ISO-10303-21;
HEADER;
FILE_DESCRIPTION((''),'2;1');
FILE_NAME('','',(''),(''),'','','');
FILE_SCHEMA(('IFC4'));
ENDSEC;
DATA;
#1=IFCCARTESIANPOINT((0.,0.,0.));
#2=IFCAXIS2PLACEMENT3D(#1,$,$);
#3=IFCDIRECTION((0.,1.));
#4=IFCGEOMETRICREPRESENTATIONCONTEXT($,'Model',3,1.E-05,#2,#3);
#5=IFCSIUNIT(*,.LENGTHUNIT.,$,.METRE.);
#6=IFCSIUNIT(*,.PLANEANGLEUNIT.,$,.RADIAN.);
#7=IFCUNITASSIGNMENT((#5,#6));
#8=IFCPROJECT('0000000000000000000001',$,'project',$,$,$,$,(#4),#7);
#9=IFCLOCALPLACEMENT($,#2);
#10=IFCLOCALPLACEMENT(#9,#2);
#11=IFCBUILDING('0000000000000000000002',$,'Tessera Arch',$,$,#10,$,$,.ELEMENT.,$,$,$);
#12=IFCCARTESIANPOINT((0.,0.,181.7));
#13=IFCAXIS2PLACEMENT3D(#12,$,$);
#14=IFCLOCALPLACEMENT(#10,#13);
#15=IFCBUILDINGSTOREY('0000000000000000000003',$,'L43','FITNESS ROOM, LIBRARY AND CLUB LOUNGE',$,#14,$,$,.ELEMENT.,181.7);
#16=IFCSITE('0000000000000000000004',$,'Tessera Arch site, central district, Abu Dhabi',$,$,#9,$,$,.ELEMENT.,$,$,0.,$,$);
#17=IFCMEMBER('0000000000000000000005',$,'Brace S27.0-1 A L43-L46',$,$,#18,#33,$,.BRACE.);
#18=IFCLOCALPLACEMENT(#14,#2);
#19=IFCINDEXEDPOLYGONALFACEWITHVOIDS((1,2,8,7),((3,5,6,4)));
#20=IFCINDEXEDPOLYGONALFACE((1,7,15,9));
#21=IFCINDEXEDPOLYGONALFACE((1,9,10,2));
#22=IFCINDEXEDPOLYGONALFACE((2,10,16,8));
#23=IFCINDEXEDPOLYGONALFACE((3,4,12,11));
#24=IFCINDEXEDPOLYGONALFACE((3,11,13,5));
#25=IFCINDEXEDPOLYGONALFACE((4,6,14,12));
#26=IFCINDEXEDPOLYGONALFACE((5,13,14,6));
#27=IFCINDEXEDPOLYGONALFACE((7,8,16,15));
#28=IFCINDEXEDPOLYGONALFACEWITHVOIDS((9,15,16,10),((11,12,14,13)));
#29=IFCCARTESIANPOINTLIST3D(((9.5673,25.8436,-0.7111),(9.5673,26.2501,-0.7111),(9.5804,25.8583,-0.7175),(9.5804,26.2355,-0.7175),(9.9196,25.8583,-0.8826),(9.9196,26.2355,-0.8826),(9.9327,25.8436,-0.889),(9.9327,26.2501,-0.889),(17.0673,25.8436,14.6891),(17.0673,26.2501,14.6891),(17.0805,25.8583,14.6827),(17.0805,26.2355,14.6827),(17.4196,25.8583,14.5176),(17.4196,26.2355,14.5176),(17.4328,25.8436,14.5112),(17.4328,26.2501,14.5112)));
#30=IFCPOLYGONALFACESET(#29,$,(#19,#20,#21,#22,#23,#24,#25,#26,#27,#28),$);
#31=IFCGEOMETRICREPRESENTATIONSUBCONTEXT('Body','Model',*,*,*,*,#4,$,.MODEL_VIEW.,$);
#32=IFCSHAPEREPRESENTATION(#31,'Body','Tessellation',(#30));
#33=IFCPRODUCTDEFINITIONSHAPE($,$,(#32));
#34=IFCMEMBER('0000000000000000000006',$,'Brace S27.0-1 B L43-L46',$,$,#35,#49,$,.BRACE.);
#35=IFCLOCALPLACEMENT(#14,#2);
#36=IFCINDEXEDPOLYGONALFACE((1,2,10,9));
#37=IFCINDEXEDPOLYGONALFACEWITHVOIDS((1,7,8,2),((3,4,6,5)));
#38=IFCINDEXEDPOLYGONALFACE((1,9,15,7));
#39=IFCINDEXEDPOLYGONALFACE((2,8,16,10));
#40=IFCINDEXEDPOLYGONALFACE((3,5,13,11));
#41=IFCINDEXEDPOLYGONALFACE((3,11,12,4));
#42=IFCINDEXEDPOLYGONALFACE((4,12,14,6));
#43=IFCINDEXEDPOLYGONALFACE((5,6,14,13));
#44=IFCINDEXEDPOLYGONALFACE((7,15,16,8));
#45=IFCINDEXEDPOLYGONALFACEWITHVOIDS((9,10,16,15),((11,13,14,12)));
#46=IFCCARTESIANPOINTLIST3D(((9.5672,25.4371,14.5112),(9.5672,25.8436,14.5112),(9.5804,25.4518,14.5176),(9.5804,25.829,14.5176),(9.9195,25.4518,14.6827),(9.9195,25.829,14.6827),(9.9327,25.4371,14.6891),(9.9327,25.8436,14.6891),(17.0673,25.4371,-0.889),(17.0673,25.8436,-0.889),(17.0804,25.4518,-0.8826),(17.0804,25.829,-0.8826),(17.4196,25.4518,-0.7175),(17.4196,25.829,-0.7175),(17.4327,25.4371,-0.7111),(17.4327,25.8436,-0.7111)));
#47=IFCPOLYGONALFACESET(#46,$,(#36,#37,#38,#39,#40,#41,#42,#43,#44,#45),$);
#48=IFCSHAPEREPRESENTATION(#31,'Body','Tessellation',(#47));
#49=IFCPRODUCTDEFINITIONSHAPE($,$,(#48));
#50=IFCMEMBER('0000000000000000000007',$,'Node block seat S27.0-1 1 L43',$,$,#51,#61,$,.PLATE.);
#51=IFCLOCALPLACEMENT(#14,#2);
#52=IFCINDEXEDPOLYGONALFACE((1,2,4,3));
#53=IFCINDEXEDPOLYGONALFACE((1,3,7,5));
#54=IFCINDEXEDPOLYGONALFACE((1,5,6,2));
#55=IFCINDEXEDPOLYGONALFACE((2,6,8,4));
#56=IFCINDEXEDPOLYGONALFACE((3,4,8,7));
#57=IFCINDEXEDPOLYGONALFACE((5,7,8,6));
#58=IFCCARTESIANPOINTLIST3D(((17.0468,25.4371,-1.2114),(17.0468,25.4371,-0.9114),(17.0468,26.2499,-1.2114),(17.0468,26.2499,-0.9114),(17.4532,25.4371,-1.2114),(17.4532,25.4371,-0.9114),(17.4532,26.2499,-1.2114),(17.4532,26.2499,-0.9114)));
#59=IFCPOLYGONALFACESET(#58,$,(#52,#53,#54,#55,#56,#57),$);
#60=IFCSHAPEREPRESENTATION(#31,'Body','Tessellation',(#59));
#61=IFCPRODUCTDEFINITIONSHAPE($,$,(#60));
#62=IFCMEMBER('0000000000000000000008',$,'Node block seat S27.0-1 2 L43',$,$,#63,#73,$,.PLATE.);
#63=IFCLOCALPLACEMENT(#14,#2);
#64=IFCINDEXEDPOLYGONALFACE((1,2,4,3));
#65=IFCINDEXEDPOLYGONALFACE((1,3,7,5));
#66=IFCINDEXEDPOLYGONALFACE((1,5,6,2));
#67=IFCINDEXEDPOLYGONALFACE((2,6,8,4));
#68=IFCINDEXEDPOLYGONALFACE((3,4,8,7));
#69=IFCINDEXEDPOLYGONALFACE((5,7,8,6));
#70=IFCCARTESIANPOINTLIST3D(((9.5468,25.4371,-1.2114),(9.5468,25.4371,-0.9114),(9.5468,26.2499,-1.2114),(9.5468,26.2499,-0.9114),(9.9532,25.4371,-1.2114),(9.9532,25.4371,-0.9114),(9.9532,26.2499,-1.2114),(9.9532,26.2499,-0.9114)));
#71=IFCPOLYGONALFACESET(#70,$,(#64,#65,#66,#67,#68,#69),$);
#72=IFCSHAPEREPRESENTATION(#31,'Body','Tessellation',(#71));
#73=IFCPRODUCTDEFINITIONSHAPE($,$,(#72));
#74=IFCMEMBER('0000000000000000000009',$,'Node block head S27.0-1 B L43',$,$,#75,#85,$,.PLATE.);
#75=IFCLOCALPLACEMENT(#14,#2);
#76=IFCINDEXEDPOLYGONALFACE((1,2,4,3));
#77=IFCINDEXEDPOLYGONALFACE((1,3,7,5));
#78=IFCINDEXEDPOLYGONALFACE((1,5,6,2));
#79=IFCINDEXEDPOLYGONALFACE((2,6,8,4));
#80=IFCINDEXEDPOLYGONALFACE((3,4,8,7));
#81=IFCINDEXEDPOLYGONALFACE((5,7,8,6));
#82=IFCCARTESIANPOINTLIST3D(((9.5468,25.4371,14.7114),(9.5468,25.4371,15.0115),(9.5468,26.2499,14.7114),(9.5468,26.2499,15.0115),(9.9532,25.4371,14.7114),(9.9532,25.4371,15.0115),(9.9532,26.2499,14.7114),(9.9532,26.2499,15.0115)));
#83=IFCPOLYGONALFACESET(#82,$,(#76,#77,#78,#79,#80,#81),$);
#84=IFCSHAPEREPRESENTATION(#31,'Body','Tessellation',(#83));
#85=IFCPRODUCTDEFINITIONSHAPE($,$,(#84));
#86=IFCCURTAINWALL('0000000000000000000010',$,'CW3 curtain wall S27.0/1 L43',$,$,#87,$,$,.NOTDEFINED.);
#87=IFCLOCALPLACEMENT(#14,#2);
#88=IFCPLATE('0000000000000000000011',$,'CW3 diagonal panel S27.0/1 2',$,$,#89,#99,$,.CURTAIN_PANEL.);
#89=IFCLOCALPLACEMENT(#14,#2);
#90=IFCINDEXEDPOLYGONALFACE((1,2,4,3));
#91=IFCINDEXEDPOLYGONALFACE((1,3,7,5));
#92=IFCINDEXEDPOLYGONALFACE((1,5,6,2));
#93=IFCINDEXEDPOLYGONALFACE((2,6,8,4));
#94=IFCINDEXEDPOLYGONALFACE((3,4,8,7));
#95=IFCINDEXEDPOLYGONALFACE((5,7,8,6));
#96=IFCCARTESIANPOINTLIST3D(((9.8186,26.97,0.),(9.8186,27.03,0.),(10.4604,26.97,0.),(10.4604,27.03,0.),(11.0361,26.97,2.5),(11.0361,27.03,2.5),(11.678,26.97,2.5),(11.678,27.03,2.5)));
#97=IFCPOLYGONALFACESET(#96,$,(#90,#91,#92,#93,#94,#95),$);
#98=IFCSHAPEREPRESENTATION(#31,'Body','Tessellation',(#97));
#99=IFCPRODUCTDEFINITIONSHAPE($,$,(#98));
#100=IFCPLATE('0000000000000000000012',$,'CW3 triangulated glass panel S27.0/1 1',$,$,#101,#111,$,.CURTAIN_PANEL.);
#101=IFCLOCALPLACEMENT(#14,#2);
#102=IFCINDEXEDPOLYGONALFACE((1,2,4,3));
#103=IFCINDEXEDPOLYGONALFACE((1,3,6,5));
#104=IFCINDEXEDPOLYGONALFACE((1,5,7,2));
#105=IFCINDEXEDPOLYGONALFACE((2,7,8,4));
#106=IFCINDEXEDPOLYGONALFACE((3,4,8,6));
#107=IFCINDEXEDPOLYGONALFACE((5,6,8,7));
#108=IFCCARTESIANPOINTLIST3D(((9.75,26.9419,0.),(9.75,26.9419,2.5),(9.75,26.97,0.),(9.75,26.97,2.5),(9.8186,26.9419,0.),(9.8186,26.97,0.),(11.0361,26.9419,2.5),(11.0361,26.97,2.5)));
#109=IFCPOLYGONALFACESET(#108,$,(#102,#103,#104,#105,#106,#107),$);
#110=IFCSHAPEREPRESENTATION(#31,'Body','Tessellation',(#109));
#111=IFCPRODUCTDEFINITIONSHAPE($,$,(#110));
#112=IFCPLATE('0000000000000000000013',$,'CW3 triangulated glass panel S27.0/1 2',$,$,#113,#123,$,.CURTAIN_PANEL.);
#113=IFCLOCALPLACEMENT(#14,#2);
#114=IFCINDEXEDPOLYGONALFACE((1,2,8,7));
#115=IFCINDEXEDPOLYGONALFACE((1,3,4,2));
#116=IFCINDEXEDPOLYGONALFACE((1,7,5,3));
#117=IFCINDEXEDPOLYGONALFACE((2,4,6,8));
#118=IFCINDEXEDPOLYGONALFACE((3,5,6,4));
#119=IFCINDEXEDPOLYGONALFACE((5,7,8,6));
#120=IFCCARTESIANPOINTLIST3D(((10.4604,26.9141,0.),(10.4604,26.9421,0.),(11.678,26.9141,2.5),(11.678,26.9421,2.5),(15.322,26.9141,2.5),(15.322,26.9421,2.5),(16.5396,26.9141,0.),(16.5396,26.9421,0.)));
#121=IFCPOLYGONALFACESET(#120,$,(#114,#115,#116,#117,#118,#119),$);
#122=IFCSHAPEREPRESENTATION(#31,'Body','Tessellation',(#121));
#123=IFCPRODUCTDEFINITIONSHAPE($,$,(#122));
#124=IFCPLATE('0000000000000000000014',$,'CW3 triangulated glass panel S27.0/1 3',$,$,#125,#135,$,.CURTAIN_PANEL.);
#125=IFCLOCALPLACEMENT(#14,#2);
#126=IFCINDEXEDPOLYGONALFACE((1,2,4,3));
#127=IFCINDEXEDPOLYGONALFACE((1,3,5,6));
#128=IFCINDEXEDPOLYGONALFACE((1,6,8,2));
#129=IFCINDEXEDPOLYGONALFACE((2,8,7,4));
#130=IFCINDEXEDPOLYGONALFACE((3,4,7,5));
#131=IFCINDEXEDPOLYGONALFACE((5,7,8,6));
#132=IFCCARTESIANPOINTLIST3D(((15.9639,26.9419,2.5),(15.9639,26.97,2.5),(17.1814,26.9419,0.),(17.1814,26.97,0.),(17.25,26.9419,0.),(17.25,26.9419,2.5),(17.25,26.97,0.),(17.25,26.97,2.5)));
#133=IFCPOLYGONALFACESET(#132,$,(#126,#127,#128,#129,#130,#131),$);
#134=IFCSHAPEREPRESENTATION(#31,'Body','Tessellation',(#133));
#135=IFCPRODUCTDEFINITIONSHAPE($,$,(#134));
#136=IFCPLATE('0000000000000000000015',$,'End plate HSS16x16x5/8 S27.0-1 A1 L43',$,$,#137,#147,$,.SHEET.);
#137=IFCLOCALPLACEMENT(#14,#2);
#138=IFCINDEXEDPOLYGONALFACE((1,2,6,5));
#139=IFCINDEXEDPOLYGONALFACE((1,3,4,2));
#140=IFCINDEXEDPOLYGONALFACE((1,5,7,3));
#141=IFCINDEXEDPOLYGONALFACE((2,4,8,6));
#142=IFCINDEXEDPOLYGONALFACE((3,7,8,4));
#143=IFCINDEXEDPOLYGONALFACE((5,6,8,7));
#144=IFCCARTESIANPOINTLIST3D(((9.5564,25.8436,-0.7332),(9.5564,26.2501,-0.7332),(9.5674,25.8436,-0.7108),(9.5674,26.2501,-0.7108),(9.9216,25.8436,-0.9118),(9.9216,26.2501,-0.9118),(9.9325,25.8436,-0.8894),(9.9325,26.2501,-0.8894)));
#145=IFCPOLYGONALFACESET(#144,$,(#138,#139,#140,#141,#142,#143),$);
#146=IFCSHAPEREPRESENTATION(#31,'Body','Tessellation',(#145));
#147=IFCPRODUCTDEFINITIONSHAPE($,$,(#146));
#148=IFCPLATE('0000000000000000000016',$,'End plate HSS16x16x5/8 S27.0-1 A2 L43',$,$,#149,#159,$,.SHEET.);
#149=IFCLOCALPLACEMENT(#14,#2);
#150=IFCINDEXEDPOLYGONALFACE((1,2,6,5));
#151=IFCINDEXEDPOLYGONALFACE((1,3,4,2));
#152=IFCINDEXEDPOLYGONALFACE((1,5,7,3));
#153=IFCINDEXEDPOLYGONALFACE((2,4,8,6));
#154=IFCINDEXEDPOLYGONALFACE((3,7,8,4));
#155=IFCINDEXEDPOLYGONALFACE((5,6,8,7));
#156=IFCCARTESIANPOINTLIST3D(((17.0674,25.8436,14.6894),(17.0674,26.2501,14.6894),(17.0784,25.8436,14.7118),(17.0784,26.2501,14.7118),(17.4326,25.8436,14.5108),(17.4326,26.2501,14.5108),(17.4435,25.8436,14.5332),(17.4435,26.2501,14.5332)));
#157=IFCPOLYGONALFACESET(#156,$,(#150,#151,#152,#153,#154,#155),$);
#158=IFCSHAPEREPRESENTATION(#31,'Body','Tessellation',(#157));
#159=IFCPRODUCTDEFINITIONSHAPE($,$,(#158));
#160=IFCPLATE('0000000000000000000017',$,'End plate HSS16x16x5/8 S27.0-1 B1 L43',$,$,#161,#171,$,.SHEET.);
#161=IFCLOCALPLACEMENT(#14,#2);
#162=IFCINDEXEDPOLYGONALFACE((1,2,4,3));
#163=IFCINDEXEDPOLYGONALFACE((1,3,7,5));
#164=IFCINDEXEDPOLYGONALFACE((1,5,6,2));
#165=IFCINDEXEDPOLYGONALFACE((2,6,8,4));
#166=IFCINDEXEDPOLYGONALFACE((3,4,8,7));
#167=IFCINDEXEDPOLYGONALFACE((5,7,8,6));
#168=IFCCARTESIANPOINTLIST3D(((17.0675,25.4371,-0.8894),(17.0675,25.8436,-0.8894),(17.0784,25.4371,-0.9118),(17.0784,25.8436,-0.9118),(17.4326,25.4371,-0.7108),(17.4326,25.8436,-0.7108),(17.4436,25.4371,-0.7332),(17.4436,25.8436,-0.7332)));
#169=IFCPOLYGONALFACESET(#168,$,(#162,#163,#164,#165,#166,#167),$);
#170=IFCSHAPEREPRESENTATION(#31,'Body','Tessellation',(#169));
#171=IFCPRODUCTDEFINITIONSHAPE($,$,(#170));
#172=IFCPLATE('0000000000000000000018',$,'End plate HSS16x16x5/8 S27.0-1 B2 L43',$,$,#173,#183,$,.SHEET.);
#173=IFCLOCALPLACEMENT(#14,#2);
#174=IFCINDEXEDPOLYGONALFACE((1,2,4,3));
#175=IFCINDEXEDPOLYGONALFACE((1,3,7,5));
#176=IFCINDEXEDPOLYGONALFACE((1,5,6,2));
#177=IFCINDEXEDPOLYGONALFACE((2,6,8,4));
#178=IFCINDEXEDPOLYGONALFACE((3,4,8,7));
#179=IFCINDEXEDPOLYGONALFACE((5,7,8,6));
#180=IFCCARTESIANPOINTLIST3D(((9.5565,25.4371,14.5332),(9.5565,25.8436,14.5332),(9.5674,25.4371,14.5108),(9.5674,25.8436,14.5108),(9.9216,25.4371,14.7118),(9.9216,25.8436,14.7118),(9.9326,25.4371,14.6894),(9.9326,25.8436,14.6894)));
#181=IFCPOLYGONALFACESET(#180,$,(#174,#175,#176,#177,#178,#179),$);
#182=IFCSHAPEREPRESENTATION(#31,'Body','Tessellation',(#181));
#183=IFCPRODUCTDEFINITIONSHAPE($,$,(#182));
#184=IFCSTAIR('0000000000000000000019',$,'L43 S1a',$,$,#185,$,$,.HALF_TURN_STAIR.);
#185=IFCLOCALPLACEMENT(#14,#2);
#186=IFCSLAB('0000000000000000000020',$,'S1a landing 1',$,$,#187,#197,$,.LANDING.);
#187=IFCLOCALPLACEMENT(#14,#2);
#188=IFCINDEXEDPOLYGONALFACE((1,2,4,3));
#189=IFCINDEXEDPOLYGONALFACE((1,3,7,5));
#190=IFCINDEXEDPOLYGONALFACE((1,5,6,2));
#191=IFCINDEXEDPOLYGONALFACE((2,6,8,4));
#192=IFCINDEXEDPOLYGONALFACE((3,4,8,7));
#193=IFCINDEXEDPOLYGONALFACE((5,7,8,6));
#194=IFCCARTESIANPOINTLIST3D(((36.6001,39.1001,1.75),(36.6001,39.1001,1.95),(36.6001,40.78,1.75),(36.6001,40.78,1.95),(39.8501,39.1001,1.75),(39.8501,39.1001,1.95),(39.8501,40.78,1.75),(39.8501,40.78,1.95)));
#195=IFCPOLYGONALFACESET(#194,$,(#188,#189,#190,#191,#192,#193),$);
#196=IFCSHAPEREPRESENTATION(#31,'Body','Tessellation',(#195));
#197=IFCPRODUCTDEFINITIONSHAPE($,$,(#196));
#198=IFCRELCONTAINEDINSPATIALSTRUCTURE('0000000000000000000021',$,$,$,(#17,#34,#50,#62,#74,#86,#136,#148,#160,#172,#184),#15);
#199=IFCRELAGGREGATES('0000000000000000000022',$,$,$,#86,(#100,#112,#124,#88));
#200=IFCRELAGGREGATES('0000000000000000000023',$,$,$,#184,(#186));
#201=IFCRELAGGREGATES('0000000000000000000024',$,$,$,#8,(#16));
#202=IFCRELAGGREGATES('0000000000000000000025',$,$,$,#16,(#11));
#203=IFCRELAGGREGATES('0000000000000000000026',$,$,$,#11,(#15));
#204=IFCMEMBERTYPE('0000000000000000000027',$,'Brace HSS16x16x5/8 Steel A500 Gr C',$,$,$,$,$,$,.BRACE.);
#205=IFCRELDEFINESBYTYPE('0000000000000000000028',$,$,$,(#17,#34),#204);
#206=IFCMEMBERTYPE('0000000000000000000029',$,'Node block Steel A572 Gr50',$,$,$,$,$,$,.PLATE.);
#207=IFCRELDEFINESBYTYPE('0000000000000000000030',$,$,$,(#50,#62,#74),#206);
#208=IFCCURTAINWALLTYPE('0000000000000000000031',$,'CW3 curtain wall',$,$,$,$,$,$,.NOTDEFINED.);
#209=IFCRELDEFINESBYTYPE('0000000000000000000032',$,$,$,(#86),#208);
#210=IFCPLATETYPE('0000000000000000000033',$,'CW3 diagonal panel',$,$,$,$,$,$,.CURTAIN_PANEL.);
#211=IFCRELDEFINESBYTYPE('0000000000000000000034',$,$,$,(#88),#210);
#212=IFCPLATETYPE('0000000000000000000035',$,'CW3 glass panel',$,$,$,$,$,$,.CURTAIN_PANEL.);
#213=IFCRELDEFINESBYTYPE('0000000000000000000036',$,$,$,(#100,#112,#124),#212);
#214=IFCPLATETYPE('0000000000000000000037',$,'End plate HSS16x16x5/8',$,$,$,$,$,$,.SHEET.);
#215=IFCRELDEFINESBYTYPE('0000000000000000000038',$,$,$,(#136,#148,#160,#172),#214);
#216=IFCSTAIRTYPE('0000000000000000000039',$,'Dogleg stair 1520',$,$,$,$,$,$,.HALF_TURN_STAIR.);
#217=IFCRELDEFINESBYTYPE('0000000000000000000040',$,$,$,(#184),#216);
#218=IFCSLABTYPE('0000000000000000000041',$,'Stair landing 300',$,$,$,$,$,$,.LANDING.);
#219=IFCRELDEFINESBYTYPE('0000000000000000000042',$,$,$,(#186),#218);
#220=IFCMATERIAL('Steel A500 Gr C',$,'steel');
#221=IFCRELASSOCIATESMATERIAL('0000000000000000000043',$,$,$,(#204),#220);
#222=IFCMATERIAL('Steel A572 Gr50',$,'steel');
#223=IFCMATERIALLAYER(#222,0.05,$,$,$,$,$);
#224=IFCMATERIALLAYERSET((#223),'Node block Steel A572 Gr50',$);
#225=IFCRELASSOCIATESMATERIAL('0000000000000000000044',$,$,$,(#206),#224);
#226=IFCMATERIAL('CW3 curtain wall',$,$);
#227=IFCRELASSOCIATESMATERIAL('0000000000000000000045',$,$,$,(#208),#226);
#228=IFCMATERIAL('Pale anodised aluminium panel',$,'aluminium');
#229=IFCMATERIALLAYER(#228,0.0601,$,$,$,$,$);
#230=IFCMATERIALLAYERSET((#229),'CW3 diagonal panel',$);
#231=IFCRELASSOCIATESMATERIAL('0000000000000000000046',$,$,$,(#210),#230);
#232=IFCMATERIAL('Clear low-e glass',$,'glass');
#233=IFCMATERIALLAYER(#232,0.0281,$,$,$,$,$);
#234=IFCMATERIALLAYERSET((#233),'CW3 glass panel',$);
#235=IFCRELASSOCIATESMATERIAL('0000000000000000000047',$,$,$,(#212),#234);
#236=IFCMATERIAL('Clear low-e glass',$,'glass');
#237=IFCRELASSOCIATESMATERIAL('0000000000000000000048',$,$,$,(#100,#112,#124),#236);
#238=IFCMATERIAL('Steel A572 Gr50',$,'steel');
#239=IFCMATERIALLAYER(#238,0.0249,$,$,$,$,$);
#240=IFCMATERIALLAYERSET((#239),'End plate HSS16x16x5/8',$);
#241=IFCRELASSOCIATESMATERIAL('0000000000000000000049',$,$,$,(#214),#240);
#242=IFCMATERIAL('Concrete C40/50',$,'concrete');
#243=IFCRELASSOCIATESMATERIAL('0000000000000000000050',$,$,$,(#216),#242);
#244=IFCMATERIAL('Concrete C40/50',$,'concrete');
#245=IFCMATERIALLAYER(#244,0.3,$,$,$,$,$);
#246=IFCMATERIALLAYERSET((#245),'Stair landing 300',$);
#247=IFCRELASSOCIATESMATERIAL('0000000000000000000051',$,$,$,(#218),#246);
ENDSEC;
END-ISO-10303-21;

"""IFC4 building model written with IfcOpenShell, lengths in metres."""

from ifc_helpers import new_model, si_unit, direction, frame, origin, origin_2d, place, context, subcontext, project, spatial, polyline, rectangle, hollow_rectangle, outline, extrude, material, layer, layer_set, material_profile, profile_set, type_object, element, aggregate, save


model = new_model("IFC4")

# Units and contexts
model_context = context("Model", 3, precision=1e-05, world=origin(), true_north=direction((0.0, 1.0)))
body_context = subcontext(model_context, "Body", "Model", "MODEL_VIEW")
ifc_project = project(units=[si_unit("LENGTHUNIT", "METRE"), si_unit("PLANEANGLEUNIT", "RADIAN")], contexts=[model_context])

# Site, building, storey
site_placement = place(None, origin())
site = spatial("IfcSite", under=ifc_project, at=site_placement, Name="Tessera Arch site, central district, Abu Dhabi", CompositionType="ELEMENT", RefElevation=0.0)
building_placement = place(site_placement, origin())
building = spatial("IfcBuilding", under=site, at=building_placement, Name="Tessera Arch", CompositionType="ELEMENT")
storey_placement = place(building_placement, frame((0.0, 0.0, 181.7)))
storey = spatial("IfcBuildingStorey", under=building, at=storey_placement, Name="L43", Description="FITNESS ROOM, LIBRARY AND CLUB LOUNGE", CompositionType="ELEMENT", Elevation=181.7)

# Members
ifc_material_1 = material(Name="Steel A500 Gr C", Category="steel")
ifc_material_profile = material_profile(ifc_material_1, hollow_rectangle(XDim=0.4065, YDim=0.4065, WallThickness=0.0146, at=origin_2d()), Name="HSS16x16x5/8")
ifc_profile_set = profile_set([ifc_material_profile], Name="Steel A500 Gr C")
member_type_1 = type_object("IfcMemberType", Name="Brace HSS16x16x5/8 Steel A500 Gr C", PredefinedType="BRACE", material=ifc_profile_set)
for number, where, z_axis, x_axis, name in (
    (1, (9.75, 26.0469, -0.8), (0.437845, 0.0, 0.89905), (0.0, 1.0, 0.0), "Brace S27.0-1 A L43-L46"),
    (2, (17.25, 25.6404, -0.8), (-0.437845, 0.0, 0.89905), (0.0, -1.0, 0.0), "Brace S27.0-1 B L43-L46"),
):
    element("IfcMember", number, at=place(storey_placement, frame(where, z_axis=z_axis, x_axis=x_axis)), inside=storey, type_object=member_type_1, Name=name, PredefinedType="BRACE", context=body_context, shape_type="SweptSolid", body=[
        extrude(hollow_rectangle(XDim=0.4065, YDim=0.4065, WallThickness=0.0146, at=origin_2d()), origin(), (0.0, 0.0, 1.0), 17.1294),
    ])
ifc_material_2 = material(Name="Steel A572 Gr50", Category="steel")
ifc_layer_1 = layer(ifc_material_2, 0.05)
ifc_layer_set_1 = layer_set([ifc_layer_1], Name="Node block Steel A572 Gr50")
member_type_2 = type_object("IfcMemberType", Name="Node block Steel A572 Gr50", PredefinedType="PLATE", material=ifc_layer_set_1)
for number, where, z_axis, x_axis, name in (
    (3, (17.25, 25.8435, -1.2114), (0.0, 0.0, 1.0), (1.0, 0.0, 0.0), "Node block seat S27.0-1 1 L43"),
    (4, (9.75, 25.8435, -1.2114), (0.0, 0.0, 1.0), (1.0, 0.0, 0.0), "Node block seat S27.0-1 2 L43"),
    (5, (9.75, 25.8435, 14.7114), (0.0, 0.0, 1.0), (1.0, 0.0, 0.0), "Node block head S27.0-1 B L43"),
):
    element("IfcMember", number, at=place(storey_placement, frame(where, z_axis=z_axis, x_axis=x_axis)), inside=storey, type_object=member_type_2, Name=name, PredefinedType="PLATE", context=body_context, shape_type="SweptSolid", body=[
        extrude(rectangle(XDim=0.4065, YDim=0.8127, at=origin_2d()), origin(), (0.0, 0.0, 1.0), 0.3),
    ])

# Curtain wall, plates
ifc_material_3 = material(Name="CW3 curtain wall")
curtain_wall_type = type_object("IfcCurtainWallType", Name="CW3 curtain wall", PredefinedType="NOTDEFINED", material=ifc_material_3)
curtain_wall_placement = place(storey_placement, origin())
curtain_wall = element("IfcCurtainWall", 6, at=curtain_wall_placement, inside=storey, type_object=curtain_wall_type, Name="CW3 curtain wall S27.0/1 L43", PredefinedType="NOTDEFINED")
ifc_material_4 = material(Name="Pale anodised aluminium panel", Category="aluminium")
ifc_layer_2 = layer(ifc_material_4, 0.0601)
ifc_layer_set_2 = layer_set([ifc_layer_2], Name="CW3 diagonal panel")
plate_type_1 = type_object("IfcPlateType", Name="CW3 diagonal panel", PredefinedType="CURTAIN_PANEL", material=ifc_layer_set_2)
plate_1_placement = place(storey_placement, frame((11.678, 26.97, 2.5), z_axis=(0.0, -1.0, 0.0), x_axis=(-1.0, 0.0, 0.0)))
plate_1 = element("IfcPlate", 7, at=plate_1_placement, type_object=plate_type_1, Name="CW3 diagonal panel S27.0/1 2", PredefinedType="CURTAIN_PANEL", context=body_context, shape_type="SweptSolid", body=[
    extrude(outline(polyline([(0.0, 0.0), (0.6418, 0.0), (1.8594, 2.5), (1.2175, 2.5), (0.0, 0.0)])), origin(), (0.0, 0.0, -1.0), 0.0601),
])
ifc_material_5 = material(Name="Clear low-e glass", Category="glass")
ifc_material_6 = material(Name="Clear low-e glass", Category="glass")
ifc_layer_3 = layer(ifc_material_6, 0.0281)
ifc_layer_set_3 = layer_set([ifc_layer_3], Name="CW3 glass panel")
plate_type_2 = type_object("IfcPlateType", Name="CW3 glass panel", PredefinedType="CURTAIN_PANEL", material=ifc_layer_set_3)
plate_2_placement = place(storey_placement, frame((9.75, 26.9419, 0.0), z_axis=(0.0, -1.0, 0.0), x_axis=(1.0, 0.0, 0.0)))
plate_2 = element("IfcPlate", 8, at=plate_2_placement, type_object=plate_type_2, material=ifc_material_5, Name="CW3 triangulated glass panel S27.0/1 1", PredefinedType="CURTAIN_PANEL", context=body_context, shape_type="SweptSolid", body=[
    extrude(outline(polyline([(0.0, 0.0), (0.0686, 0.0), (1.2861, 2.5), (0.0, 2.5), (0.0, 0.0)])), origin(), (0.0, 0.0, -1.0), 0.0281),
])
plate_3_placement = place(storey_placement, frame((15.322, 26.9141, 2.5), z_axis=(0.0, -1.0, 0.0), x_axis=(-1.0, 0.0, 0.0)))
plate_3 = element("IfcPlate", 9, at=plate_3_placement, type_object=plate_type_2, material=ifc_material_5, Name="CW3 triangulated glass panel S27.0/1 2", PredefinedType="CURTAIN_PANEL", context=body_context, shape_type="SweptSolid", body=[
    extrude(outline(polyline([(0.0, 0.0), (3.644, 0.0), (4.8616, 2.5), (-1.2175, 2.5), (0.0, 0.0)])), origin(), (0.0, 0.0, -1.0), 0.0281),
])
plate_4_placement = place(storey_placement, frame((17.25, 26.9419, 2.5), z_axis=(0.0, -1.0, 0.0), x_axis=(-1.0, 0.0, 0.0)))
plate_4 = element("IfcPlate", 10, at=plate_4_placement, type_object=plate_type_2, material=ifc_material_5, Name="CW3 triangulated glass panel S27.0/1 3", PredefinedType="CURTAIN_PANEL", context=body_context, shape_type="SweptSolid", body=[
    extrude(outline(polyline([(0.0, 0.0), (1.2861, 0.0), (0.0686, 2.5), (0.0, 2.5), (0.0, 0.0)])), origin(), (0.0, 0.0, -1.0), 0.0281),
])
aggregate(curtain_wall, [plate_2, plate_3, plate_4, plate_1])

# Plates
ifc_material_7 = material(Name="Steel A572 Gr50", Category="steel")
ifc_layer_4 = layer(ifc_material_7, 0.0249)
ifc_layer_set_4 = layer_set([ifc_layer_4], Name="End plate HSS16x16x5/8")
plate_type_3 = type_object("IfcPlateType", Name="End plate HSS16x16x5/8", PredefinedType="SHEET", material=ifc_layer_set_4)
for number, where, z_axis, x_axis, name in (
    (11, (9.739, 26.0469, -0.8225), (0.439385, 0.0, 0.898299), (0.0, 1.0, 0.0), "End plate HSS16x16x5/8 S27.0-1 A1 L43"),
    (12, (17.25, 26.0469, 14.6001), (0.439385, 0.0, 0.898299), (0.0, 1.0, 0.0), "End plate HSS16x16x5/8 S27.0-1 A2 L43"),
    (13, (17.261, 25.6404, -0.8225), (-0.439385, 0.0, 0.898299), (0.0, -1.0, 0.0), "End plate HSS16x16x5/8 S27.0-1 B1 L43"),
    (14, (9.75, 25.6404, 14.6001), (-0.439385, 0.0, 0.898299), (0.0, -1.0, 0.0), "End plate HSS16x16x5/8 S27.0-1 B2 L43"),
):
    element("IfcPlate", number, at=place(storey_placement, frame(where, z_axis=z_axis, x_axis=x_axis)), inside=storey, type_object=plate_type_3, Name=name, PredefinedType="SHEET", context=body_context, shape_type="SweptSolid", body=[
        extrude(rectangle(XDim=0.4065, YDim=0.4065, at=origin_2d()), origin(), (0.0, 0.0, 1.0), 0.0249),
    ])

# Stair, slab
ifc_material_8 = material(Name="Concrete C40/50", Category="concrete")
stair_type_1 = type_object("IfcStairType", Name="Dogleg stair 1520", PredefinedType="HALF_TURN_STAIR", material=ifc_material_8)
stair_1_placement = place(storey_placement, origin())
stair_1 = element("IfcStair", 15, at=stair_1_placement, inside=storey, type_object=stair_type_1, Name="L43 S1a", PredefinedType="HALF_TURN_STAIR")
ifc_material_9 = material(Name="Concrete C40/50", Category="concrete")
ifc_layer_5 = layer(ifc_material_9, 0.3)
ifc_layer_set_5 = layer_set([ifc_layer_5], Name="Stair landing 300")
slab_type = type_object("IfcSlabType", Name="Stair landing 300", PredefinedType="LANDING", material=ifc_layer_set_5)
slab_1_placement = place(storey_placement, frame((0.0, 0.0, 1.75)))
slab_1 = element("IfcSlab", 16, at=slab_1_placement, type_object=slab_type, Name="S1a landing 1", PredefinedType="LANDING", context=body_context, shape_type="SweptSolid", body=[
    extrude(outline(polyline([(36.6001, 40.78), (36.6001, 39.1001), (39.8501, 39.1001), (39.8501, 40.78), (36.6001, 40.78)])), origin(), (0.0, 0.0, 1.0), 0.2),
])
aggregate(stair_1, [slab_1])

save(model, "model.ifc")
